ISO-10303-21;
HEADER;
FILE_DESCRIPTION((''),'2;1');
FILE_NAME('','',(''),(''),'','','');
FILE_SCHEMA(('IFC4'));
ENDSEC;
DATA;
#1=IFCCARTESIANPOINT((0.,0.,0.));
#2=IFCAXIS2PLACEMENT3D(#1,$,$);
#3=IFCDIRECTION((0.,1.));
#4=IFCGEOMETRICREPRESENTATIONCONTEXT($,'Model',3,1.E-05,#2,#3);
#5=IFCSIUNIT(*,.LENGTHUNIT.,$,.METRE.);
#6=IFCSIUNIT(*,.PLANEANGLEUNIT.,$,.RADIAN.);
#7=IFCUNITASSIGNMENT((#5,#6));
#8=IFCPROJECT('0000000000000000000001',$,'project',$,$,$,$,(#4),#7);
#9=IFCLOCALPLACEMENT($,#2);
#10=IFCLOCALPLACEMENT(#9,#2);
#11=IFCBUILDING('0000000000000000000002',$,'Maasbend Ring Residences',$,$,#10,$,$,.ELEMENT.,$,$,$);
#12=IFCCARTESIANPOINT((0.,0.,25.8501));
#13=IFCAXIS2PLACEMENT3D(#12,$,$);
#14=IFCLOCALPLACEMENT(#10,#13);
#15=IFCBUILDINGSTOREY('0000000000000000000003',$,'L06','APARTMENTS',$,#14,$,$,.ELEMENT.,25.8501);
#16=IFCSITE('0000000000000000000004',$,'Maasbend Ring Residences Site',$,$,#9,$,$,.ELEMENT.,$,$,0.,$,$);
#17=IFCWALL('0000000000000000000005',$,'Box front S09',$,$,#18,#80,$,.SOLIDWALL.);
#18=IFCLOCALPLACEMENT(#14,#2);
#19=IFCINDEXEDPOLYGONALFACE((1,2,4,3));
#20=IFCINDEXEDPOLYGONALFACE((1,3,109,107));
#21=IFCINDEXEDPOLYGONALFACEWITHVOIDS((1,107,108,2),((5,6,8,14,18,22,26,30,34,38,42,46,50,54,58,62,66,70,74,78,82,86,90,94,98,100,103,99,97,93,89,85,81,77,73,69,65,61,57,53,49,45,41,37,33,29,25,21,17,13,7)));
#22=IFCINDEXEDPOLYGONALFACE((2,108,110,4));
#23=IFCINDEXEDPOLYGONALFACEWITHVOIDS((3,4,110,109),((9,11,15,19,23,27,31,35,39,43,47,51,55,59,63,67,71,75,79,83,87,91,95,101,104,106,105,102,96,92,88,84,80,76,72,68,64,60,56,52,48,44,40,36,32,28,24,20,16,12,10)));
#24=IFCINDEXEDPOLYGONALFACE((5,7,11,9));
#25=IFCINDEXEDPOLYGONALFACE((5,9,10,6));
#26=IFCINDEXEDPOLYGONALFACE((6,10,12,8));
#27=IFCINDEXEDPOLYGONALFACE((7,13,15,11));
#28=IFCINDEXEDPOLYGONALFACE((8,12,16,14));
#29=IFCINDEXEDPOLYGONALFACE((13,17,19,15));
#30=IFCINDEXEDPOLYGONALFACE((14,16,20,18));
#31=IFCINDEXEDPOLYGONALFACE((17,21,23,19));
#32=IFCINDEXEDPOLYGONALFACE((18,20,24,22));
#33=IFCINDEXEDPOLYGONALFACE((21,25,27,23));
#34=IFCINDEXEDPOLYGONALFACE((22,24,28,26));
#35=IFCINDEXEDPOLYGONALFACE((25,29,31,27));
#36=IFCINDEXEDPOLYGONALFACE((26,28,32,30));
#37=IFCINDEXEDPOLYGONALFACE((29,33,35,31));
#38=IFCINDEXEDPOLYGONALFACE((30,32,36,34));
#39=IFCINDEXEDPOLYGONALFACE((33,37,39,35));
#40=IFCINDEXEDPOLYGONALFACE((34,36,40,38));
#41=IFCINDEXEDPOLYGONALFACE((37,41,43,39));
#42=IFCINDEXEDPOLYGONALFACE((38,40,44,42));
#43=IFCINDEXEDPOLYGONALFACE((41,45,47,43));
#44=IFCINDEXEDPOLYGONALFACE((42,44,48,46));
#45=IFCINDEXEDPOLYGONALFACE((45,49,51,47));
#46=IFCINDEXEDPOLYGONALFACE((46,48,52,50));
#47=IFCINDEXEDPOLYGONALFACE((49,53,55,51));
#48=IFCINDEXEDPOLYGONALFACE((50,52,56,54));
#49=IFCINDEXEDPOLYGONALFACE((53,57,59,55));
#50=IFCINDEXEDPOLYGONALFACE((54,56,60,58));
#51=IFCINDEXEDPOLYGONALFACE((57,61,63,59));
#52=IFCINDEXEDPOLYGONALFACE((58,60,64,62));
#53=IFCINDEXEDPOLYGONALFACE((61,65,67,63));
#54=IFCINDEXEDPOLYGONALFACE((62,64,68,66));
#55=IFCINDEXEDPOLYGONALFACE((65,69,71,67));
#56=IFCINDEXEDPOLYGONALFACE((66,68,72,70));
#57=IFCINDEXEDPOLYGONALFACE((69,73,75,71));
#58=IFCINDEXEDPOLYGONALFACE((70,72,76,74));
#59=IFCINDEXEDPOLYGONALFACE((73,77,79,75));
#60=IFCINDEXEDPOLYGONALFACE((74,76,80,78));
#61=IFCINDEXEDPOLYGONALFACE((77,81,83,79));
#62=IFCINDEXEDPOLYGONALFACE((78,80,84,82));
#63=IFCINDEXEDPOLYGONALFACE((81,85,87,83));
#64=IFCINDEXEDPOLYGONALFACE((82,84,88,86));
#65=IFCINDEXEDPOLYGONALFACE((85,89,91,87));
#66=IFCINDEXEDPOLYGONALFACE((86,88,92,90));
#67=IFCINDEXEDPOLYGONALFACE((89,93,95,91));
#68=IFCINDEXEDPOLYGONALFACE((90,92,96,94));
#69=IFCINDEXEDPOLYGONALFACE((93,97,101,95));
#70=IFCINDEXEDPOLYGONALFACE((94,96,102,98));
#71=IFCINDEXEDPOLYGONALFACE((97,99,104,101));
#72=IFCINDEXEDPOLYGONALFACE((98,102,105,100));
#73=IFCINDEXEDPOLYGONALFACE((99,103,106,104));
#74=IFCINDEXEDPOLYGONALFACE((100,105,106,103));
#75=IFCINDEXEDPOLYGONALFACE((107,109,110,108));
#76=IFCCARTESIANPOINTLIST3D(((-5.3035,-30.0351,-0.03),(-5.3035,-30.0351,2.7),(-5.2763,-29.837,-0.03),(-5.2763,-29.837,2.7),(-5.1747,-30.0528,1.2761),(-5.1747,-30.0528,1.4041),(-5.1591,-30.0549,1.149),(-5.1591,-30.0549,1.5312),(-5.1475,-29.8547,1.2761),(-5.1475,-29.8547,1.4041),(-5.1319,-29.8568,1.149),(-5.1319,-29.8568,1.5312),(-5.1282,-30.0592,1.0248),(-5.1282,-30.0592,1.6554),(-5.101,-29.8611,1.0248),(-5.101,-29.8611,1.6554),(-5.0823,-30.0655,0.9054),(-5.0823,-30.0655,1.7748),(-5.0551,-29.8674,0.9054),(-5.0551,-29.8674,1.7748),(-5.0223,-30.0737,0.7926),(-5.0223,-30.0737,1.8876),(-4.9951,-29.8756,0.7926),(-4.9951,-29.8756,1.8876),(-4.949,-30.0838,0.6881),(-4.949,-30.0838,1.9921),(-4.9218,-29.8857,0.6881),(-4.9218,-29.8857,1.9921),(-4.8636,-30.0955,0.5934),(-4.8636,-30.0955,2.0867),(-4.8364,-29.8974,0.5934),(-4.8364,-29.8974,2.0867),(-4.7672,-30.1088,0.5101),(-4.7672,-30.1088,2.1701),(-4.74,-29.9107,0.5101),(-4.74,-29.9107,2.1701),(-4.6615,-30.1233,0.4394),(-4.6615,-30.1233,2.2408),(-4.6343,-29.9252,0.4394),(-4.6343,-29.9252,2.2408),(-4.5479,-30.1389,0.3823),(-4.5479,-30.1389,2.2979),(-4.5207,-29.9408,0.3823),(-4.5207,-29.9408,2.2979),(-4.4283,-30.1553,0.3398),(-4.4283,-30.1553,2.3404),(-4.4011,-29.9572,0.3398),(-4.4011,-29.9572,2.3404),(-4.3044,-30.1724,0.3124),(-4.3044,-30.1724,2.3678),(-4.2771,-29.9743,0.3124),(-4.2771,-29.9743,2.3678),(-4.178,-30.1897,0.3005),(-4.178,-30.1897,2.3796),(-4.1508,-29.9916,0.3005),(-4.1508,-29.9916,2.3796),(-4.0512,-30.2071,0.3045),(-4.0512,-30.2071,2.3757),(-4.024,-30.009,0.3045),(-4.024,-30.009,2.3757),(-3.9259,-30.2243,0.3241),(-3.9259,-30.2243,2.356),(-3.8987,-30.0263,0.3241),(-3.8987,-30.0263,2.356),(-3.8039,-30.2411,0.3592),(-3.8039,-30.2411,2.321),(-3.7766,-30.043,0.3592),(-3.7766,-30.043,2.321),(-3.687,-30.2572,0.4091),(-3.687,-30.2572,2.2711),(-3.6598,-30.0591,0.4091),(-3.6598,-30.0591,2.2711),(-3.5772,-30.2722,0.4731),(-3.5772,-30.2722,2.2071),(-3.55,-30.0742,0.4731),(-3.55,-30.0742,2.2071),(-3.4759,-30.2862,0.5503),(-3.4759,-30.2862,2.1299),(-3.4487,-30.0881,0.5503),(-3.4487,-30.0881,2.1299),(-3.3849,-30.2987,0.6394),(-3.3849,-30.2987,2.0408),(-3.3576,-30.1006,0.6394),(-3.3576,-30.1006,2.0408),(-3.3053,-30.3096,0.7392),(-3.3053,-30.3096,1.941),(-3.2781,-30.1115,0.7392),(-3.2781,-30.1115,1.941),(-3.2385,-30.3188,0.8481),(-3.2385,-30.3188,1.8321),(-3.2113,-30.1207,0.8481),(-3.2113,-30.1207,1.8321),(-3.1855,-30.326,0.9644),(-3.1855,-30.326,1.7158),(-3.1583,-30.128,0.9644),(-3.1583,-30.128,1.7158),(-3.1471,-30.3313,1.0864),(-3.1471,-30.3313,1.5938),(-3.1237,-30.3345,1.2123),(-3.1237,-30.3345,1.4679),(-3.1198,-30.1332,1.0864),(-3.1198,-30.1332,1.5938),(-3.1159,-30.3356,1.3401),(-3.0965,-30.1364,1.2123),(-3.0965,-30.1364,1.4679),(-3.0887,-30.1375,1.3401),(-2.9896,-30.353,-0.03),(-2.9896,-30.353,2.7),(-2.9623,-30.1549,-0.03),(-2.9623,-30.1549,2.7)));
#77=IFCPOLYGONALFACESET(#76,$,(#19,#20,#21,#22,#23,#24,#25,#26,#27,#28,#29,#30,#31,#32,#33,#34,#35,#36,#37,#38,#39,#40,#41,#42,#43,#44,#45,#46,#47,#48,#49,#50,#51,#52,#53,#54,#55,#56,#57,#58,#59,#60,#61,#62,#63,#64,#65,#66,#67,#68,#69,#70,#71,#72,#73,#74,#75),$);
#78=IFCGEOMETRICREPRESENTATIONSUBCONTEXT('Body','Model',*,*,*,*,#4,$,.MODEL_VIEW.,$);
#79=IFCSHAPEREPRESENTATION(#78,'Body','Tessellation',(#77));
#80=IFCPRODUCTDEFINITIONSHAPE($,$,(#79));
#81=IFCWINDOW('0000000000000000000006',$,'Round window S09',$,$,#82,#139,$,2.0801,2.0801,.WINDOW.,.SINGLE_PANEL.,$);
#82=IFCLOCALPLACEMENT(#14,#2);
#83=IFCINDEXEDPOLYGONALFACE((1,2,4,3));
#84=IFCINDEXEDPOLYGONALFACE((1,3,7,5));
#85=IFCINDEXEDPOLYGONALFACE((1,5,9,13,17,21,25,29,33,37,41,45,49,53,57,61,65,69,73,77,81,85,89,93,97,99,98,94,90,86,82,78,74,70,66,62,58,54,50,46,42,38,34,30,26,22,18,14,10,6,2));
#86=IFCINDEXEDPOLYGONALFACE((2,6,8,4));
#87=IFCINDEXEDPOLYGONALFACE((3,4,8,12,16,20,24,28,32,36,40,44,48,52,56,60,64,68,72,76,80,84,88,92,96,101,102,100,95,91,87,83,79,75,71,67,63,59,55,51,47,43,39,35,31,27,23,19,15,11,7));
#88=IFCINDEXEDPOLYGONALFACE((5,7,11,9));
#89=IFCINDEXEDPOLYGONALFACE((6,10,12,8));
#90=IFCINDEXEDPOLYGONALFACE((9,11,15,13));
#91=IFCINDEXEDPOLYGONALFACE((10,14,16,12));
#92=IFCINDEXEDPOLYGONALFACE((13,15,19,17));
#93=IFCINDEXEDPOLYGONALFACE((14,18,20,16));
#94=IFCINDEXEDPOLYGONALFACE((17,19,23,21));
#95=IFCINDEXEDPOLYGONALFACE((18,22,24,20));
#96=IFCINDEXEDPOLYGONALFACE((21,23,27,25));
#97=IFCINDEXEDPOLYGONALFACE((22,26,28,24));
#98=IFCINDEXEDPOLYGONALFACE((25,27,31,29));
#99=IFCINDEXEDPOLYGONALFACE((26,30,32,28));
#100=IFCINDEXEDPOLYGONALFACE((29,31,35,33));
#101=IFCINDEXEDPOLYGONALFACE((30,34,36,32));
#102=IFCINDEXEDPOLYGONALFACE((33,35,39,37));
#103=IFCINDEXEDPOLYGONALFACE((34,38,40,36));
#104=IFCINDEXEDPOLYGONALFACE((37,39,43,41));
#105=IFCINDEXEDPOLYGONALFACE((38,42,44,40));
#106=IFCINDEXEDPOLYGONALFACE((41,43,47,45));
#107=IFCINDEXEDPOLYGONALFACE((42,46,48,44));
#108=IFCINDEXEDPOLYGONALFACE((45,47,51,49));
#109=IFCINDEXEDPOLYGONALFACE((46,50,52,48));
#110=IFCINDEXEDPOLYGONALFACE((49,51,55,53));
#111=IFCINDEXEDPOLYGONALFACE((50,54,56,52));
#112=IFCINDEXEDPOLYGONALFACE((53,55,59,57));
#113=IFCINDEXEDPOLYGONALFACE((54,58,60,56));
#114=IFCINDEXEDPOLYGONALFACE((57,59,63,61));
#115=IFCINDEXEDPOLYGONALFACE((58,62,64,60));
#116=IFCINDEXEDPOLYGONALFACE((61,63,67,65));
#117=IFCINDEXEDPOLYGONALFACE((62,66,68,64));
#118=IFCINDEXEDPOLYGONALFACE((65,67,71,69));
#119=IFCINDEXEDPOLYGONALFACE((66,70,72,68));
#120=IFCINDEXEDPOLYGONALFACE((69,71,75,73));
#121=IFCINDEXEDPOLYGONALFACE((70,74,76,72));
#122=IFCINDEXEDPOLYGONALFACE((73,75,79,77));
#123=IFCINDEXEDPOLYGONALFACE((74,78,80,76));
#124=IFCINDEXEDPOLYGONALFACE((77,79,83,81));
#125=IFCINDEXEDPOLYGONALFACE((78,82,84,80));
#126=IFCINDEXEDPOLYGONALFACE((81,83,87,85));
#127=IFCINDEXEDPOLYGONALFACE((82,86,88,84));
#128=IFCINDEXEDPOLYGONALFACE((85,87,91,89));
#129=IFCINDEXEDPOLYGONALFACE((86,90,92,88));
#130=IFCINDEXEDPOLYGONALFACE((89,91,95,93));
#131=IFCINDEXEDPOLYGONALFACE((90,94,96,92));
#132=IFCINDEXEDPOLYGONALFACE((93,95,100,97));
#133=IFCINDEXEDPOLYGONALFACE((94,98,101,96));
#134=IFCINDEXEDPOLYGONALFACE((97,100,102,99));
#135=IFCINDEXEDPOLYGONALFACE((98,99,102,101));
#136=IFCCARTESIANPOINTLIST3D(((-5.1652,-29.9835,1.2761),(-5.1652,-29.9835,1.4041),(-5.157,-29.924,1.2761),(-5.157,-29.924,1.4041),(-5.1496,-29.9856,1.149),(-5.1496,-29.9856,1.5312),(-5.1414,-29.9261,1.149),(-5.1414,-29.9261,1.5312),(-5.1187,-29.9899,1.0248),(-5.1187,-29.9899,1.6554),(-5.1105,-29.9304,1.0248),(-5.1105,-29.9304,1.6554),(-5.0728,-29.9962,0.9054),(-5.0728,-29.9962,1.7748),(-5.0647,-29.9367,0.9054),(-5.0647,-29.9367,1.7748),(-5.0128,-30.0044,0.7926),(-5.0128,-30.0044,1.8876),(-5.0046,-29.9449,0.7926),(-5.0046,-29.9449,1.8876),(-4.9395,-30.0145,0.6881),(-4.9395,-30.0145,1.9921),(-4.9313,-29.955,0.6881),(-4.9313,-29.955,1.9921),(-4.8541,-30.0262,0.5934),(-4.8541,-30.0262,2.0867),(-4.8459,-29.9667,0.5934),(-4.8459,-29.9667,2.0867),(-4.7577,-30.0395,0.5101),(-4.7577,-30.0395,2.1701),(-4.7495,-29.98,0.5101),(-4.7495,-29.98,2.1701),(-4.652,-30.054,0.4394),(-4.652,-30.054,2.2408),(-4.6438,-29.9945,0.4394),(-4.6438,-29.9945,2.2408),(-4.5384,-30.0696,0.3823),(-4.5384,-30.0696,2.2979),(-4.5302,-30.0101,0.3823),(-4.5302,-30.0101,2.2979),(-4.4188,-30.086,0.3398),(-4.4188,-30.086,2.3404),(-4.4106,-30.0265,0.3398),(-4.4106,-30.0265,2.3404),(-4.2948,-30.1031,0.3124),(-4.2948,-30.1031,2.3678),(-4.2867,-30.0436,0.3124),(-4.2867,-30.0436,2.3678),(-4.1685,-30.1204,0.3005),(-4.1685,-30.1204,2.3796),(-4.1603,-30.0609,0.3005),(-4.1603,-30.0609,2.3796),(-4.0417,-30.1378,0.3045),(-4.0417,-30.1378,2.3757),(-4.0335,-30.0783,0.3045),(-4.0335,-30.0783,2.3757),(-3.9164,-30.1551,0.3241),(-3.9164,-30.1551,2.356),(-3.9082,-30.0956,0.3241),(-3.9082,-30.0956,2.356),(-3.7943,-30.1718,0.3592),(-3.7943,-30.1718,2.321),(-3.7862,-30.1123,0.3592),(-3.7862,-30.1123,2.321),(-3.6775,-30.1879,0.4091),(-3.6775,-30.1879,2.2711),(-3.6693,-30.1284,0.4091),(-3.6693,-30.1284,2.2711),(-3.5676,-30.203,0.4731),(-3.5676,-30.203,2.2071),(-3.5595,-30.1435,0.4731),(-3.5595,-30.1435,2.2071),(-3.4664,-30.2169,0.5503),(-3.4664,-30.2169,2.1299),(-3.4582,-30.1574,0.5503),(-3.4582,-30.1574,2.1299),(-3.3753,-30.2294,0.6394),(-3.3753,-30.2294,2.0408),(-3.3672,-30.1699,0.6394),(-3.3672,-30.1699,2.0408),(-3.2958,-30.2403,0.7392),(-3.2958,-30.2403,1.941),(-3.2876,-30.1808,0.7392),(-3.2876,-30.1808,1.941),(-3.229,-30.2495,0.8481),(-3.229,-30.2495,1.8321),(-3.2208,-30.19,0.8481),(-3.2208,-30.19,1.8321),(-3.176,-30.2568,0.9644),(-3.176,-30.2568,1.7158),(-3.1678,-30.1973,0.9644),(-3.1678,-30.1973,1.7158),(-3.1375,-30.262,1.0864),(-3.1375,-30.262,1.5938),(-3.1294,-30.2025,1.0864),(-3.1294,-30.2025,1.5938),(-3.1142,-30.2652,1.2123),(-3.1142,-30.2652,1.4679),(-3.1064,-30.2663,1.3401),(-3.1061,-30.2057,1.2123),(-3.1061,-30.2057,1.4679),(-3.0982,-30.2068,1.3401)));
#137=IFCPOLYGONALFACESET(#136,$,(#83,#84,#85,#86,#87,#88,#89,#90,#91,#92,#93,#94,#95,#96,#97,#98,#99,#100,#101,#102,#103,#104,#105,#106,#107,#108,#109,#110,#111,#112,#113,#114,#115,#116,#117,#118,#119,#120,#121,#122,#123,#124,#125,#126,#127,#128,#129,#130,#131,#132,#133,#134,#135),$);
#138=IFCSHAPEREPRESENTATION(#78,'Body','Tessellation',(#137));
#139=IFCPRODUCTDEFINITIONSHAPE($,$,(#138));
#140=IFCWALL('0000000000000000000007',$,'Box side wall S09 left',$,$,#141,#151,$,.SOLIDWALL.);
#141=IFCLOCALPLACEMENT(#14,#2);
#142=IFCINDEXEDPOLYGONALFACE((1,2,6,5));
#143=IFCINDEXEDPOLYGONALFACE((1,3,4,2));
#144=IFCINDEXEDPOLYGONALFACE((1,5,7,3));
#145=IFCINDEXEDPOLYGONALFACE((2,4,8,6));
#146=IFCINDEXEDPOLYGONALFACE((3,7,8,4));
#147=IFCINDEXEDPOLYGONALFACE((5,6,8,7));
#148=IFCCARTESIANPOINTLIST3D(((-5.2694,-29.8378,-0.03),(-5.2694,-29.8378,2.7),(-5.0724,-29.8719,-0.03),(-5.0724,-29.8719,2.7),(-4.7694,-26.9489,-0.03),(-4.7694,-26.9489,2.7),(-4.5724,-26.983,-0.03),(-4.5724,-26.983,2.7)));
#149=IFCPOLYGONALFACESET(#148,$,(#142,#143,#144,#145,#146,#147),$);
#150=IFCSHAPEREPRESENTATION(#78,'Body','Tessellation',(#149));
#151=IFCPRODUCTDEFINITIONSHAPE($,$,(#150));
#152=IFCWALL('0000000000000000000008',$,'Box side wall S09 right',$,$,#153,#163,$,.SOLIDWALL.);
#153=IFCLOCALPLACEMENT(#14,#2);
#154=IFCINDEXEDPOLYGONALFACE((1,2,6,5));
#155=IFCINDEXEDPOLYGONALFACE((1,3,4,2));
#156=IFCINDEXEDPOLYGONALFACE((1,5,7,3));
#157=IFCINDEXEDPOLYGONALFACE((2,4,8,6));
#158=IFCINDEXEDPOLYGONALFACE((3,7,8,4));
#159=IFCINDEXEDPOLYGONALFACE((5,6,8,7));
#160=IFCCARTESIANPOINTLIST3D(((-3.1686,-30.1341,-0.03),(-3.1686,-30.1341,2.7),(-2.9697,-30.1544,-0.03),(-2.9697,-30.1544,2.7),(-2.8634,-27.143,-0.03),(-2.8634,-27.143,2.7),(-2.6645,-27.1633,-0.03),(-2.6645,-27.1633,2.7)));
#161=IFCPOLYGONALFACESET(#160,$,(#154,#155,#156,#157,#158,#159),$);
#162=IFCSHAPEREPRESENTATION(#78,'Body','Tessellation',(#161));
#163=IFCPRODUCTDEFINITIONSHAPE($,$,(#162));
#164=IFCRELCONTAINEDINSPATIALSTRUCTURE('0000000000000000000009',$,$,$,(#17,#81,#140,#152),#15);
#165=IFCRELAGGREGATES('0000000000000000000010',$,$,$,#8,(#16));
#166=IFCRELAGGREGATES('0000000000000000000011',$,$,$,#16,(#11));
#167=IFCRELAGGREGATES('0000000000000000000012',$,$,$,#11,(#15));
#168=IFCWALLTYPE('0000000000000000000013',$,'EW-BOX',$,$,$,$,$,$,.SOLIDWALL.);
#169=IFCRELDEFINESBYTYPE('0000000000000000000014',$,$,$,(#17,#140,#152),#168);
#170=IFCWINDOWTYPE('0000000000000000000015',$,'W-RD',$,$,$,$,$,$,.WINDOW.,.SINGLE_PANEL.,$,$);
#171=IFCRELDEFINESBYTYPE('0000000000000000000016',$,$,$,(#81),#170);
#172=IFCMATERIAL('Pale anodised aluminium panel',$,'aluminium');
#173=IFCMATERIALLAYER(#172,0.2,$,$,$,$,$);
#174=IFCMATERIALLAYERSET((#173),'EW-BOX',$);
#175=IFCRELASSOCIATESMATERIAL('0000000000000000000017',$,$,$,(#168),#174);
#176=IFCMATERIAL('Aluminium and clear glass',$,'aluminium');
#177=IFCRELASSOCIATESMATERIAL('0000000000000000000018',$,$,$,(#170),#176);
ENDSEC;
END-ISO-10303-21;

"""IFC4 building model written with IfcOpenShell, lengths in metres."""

from ifc_helpers import new_model, si_unit, direction, frame, frame_2d, origin, place, context, subcontext, project, spatial, rectangle, circle, extrude, material, layer, layer_set, type_object, element, fill, save


model = new_model("IFC4")

# Units and contexts
model_context = context("Model", 3, precision=1e-05, world=origin(), true_north=direction((0.0, 1.0)))
body_context = subcontext(model_context, "Body", "Model", "MODEL_VIEW")
ifc_project = project(units=[si_unit("LENGTHUNIT", "METRE"), si_unit("PLANEANGLEUNIT", "RADIAN")], contexts=[model_context])

# Site, building, storey
site_placement = place(None, origin())
site = spatial("IfcSite", under=ifc_project, at=site_placement, Name="Maasbend Ring Residences Site", CompositionType="ELEMENT", RefElevation=0.0)
building_placement = place(site_placement, origin())
building = spatial("IfcBuilding", under=site, at=building_placement, Name="Maasbend Ring Residences", CompositionType="ELEMENT")
storey_placement = place(building_placement, frame((0.0, 0.0, 25.8501)))
storey = spatial("IfcBuildingStorey", under=building, at=storey_placement, Name="L06", Description="APARTMENTS", CompositionType="ELEMENT", Elevation=25.8501)

# Shared definitions
ifc_material_1 = material(Name="Pale anodised aluminium panel", Category="aluminium")
ifc_layer_1 = layer(ifc_material_1, 0.2)
ifc_layer_set_1 = layer_set([ifc_layer_1], Name="EW-BOX")
wall_type_1 = type_object("IfcWallType", Name="EW-BOX", PredefinedType="SOLIDWALL", material=ifc_layer_set_1)

# Wall, opening, window
wall_1_placement = place(storey_placement, frame((-5.29, -29.936, -0.03), z_axis=(0.0, 0.0, 1.0), x_axis=(0.990696, -0.136093, 0.0)))
wall_1 = element("IfcWall", 1, at=wall_1_placement, inside=storey, type_object=wall_type_1, Name="Box front S09", PredefinedType="SOLIDWALL", context=body_context, shape_type="SweptSolid", body=[
    extrude(rectangle(XDim=2.3357, YDim=0.2, at=frame_2d((1.168, 0.0))), origin(), (0.0, 0.0, 1.0), 2.73),
])
opening_1_placement = place(wall_1_placement, frame((0.1282, 0.0, 0.3301)))
opening_1 = element("IfcOpeningElement", 2, at=opening_1_placement, cuts=wall_1, PredefinedType="OPENING", context=body_context, shape_type="SweptSolid", body=[
    extrude(circle(Radius=1.04, at=frame_2d((1.04, 1.04))), frame((0.0, 0.1099, 0.0), z_axis=(0.0, -1.0, 0.0), x_axis=(1.0, 0.0, 0.0)), (0.0, 0.0, 1.0), 0.22),
])
ifc_material_2 = material(Name="Aluminium and clear glass", Category="aluminium")
window_type_1 = type_object("IfcWindowType", Name="W-RD", PartitioningType="SINGLE_PANEL", PredefinedType="WINDOW", material=ifc_material_2)
window_1_placement = place(opening_1_placement, origin())
window_1 = element("IfcWindow", 3, at=window_1_placement, inside=storey, type_object=window_type_1, Name="Round window S09", OverallHeight=2.0801, OverallWidth=2.0801, PartitioningType="SINGLE_PANEL", PredefinedType="WINDOW", context=body_context, shape_type="SweptSolid", body=[
    extrude(circle(Radius=1.04, at=frame_2d((1.04, 1.04))), frame((0.0, 0.03, 0.0), z_axis=(0.0, -1.0, 0.0), x_axis=(1.0, 0.0, 0.0)), (0.0, 0.0, 1.0), 0.0601),
])
fill(opening_1, window_1)

# Walls
wall_2_placement = place(storey_placement, frame((-4.6709, -26.9661, -0.03), z_axis=(0.0, 0.0, 1.0), x_axis=(-0.17054, -0.985351, 0.0)))
element("IfcWall", 4, at=wall_2_placement, inside=storey, type_object=wall_type_1, Name="Box side wall S09 left", PredefinedType="SOLIDWALL", context=body_context, shape_type="SweptSolid", body=[
    extrude(rectangle(XDim=2.9319, YDim=0.2, at=frame_2d((1.4658, 0.0))), origin(), (0.0, 0.0, 1.0), 2.73),
])
wall_3_placement = place(storey_placement, frame((-2.7639, -27.1531, -0.03), z_axis=(0.0, 0.0, 1.0), x_axis=(-0.101505, -0.994835, 0.0)))
element("IfcWall", 5, at=wall_3_placement, inside=storey, type_object=wall_type_1, Name="Box side wall S09 right", PredefinedType="SOLIDWALL", context=body_context, shape_type="SweptSolid", body=[
    extrude(rectangle(XDim=3.0066, YDim=0.2, at=frame_2d((1.5034, 0.0))), origin(), (0.0, 0.0, 1.0), 2.73),
])

save(model, "model.ifc")
